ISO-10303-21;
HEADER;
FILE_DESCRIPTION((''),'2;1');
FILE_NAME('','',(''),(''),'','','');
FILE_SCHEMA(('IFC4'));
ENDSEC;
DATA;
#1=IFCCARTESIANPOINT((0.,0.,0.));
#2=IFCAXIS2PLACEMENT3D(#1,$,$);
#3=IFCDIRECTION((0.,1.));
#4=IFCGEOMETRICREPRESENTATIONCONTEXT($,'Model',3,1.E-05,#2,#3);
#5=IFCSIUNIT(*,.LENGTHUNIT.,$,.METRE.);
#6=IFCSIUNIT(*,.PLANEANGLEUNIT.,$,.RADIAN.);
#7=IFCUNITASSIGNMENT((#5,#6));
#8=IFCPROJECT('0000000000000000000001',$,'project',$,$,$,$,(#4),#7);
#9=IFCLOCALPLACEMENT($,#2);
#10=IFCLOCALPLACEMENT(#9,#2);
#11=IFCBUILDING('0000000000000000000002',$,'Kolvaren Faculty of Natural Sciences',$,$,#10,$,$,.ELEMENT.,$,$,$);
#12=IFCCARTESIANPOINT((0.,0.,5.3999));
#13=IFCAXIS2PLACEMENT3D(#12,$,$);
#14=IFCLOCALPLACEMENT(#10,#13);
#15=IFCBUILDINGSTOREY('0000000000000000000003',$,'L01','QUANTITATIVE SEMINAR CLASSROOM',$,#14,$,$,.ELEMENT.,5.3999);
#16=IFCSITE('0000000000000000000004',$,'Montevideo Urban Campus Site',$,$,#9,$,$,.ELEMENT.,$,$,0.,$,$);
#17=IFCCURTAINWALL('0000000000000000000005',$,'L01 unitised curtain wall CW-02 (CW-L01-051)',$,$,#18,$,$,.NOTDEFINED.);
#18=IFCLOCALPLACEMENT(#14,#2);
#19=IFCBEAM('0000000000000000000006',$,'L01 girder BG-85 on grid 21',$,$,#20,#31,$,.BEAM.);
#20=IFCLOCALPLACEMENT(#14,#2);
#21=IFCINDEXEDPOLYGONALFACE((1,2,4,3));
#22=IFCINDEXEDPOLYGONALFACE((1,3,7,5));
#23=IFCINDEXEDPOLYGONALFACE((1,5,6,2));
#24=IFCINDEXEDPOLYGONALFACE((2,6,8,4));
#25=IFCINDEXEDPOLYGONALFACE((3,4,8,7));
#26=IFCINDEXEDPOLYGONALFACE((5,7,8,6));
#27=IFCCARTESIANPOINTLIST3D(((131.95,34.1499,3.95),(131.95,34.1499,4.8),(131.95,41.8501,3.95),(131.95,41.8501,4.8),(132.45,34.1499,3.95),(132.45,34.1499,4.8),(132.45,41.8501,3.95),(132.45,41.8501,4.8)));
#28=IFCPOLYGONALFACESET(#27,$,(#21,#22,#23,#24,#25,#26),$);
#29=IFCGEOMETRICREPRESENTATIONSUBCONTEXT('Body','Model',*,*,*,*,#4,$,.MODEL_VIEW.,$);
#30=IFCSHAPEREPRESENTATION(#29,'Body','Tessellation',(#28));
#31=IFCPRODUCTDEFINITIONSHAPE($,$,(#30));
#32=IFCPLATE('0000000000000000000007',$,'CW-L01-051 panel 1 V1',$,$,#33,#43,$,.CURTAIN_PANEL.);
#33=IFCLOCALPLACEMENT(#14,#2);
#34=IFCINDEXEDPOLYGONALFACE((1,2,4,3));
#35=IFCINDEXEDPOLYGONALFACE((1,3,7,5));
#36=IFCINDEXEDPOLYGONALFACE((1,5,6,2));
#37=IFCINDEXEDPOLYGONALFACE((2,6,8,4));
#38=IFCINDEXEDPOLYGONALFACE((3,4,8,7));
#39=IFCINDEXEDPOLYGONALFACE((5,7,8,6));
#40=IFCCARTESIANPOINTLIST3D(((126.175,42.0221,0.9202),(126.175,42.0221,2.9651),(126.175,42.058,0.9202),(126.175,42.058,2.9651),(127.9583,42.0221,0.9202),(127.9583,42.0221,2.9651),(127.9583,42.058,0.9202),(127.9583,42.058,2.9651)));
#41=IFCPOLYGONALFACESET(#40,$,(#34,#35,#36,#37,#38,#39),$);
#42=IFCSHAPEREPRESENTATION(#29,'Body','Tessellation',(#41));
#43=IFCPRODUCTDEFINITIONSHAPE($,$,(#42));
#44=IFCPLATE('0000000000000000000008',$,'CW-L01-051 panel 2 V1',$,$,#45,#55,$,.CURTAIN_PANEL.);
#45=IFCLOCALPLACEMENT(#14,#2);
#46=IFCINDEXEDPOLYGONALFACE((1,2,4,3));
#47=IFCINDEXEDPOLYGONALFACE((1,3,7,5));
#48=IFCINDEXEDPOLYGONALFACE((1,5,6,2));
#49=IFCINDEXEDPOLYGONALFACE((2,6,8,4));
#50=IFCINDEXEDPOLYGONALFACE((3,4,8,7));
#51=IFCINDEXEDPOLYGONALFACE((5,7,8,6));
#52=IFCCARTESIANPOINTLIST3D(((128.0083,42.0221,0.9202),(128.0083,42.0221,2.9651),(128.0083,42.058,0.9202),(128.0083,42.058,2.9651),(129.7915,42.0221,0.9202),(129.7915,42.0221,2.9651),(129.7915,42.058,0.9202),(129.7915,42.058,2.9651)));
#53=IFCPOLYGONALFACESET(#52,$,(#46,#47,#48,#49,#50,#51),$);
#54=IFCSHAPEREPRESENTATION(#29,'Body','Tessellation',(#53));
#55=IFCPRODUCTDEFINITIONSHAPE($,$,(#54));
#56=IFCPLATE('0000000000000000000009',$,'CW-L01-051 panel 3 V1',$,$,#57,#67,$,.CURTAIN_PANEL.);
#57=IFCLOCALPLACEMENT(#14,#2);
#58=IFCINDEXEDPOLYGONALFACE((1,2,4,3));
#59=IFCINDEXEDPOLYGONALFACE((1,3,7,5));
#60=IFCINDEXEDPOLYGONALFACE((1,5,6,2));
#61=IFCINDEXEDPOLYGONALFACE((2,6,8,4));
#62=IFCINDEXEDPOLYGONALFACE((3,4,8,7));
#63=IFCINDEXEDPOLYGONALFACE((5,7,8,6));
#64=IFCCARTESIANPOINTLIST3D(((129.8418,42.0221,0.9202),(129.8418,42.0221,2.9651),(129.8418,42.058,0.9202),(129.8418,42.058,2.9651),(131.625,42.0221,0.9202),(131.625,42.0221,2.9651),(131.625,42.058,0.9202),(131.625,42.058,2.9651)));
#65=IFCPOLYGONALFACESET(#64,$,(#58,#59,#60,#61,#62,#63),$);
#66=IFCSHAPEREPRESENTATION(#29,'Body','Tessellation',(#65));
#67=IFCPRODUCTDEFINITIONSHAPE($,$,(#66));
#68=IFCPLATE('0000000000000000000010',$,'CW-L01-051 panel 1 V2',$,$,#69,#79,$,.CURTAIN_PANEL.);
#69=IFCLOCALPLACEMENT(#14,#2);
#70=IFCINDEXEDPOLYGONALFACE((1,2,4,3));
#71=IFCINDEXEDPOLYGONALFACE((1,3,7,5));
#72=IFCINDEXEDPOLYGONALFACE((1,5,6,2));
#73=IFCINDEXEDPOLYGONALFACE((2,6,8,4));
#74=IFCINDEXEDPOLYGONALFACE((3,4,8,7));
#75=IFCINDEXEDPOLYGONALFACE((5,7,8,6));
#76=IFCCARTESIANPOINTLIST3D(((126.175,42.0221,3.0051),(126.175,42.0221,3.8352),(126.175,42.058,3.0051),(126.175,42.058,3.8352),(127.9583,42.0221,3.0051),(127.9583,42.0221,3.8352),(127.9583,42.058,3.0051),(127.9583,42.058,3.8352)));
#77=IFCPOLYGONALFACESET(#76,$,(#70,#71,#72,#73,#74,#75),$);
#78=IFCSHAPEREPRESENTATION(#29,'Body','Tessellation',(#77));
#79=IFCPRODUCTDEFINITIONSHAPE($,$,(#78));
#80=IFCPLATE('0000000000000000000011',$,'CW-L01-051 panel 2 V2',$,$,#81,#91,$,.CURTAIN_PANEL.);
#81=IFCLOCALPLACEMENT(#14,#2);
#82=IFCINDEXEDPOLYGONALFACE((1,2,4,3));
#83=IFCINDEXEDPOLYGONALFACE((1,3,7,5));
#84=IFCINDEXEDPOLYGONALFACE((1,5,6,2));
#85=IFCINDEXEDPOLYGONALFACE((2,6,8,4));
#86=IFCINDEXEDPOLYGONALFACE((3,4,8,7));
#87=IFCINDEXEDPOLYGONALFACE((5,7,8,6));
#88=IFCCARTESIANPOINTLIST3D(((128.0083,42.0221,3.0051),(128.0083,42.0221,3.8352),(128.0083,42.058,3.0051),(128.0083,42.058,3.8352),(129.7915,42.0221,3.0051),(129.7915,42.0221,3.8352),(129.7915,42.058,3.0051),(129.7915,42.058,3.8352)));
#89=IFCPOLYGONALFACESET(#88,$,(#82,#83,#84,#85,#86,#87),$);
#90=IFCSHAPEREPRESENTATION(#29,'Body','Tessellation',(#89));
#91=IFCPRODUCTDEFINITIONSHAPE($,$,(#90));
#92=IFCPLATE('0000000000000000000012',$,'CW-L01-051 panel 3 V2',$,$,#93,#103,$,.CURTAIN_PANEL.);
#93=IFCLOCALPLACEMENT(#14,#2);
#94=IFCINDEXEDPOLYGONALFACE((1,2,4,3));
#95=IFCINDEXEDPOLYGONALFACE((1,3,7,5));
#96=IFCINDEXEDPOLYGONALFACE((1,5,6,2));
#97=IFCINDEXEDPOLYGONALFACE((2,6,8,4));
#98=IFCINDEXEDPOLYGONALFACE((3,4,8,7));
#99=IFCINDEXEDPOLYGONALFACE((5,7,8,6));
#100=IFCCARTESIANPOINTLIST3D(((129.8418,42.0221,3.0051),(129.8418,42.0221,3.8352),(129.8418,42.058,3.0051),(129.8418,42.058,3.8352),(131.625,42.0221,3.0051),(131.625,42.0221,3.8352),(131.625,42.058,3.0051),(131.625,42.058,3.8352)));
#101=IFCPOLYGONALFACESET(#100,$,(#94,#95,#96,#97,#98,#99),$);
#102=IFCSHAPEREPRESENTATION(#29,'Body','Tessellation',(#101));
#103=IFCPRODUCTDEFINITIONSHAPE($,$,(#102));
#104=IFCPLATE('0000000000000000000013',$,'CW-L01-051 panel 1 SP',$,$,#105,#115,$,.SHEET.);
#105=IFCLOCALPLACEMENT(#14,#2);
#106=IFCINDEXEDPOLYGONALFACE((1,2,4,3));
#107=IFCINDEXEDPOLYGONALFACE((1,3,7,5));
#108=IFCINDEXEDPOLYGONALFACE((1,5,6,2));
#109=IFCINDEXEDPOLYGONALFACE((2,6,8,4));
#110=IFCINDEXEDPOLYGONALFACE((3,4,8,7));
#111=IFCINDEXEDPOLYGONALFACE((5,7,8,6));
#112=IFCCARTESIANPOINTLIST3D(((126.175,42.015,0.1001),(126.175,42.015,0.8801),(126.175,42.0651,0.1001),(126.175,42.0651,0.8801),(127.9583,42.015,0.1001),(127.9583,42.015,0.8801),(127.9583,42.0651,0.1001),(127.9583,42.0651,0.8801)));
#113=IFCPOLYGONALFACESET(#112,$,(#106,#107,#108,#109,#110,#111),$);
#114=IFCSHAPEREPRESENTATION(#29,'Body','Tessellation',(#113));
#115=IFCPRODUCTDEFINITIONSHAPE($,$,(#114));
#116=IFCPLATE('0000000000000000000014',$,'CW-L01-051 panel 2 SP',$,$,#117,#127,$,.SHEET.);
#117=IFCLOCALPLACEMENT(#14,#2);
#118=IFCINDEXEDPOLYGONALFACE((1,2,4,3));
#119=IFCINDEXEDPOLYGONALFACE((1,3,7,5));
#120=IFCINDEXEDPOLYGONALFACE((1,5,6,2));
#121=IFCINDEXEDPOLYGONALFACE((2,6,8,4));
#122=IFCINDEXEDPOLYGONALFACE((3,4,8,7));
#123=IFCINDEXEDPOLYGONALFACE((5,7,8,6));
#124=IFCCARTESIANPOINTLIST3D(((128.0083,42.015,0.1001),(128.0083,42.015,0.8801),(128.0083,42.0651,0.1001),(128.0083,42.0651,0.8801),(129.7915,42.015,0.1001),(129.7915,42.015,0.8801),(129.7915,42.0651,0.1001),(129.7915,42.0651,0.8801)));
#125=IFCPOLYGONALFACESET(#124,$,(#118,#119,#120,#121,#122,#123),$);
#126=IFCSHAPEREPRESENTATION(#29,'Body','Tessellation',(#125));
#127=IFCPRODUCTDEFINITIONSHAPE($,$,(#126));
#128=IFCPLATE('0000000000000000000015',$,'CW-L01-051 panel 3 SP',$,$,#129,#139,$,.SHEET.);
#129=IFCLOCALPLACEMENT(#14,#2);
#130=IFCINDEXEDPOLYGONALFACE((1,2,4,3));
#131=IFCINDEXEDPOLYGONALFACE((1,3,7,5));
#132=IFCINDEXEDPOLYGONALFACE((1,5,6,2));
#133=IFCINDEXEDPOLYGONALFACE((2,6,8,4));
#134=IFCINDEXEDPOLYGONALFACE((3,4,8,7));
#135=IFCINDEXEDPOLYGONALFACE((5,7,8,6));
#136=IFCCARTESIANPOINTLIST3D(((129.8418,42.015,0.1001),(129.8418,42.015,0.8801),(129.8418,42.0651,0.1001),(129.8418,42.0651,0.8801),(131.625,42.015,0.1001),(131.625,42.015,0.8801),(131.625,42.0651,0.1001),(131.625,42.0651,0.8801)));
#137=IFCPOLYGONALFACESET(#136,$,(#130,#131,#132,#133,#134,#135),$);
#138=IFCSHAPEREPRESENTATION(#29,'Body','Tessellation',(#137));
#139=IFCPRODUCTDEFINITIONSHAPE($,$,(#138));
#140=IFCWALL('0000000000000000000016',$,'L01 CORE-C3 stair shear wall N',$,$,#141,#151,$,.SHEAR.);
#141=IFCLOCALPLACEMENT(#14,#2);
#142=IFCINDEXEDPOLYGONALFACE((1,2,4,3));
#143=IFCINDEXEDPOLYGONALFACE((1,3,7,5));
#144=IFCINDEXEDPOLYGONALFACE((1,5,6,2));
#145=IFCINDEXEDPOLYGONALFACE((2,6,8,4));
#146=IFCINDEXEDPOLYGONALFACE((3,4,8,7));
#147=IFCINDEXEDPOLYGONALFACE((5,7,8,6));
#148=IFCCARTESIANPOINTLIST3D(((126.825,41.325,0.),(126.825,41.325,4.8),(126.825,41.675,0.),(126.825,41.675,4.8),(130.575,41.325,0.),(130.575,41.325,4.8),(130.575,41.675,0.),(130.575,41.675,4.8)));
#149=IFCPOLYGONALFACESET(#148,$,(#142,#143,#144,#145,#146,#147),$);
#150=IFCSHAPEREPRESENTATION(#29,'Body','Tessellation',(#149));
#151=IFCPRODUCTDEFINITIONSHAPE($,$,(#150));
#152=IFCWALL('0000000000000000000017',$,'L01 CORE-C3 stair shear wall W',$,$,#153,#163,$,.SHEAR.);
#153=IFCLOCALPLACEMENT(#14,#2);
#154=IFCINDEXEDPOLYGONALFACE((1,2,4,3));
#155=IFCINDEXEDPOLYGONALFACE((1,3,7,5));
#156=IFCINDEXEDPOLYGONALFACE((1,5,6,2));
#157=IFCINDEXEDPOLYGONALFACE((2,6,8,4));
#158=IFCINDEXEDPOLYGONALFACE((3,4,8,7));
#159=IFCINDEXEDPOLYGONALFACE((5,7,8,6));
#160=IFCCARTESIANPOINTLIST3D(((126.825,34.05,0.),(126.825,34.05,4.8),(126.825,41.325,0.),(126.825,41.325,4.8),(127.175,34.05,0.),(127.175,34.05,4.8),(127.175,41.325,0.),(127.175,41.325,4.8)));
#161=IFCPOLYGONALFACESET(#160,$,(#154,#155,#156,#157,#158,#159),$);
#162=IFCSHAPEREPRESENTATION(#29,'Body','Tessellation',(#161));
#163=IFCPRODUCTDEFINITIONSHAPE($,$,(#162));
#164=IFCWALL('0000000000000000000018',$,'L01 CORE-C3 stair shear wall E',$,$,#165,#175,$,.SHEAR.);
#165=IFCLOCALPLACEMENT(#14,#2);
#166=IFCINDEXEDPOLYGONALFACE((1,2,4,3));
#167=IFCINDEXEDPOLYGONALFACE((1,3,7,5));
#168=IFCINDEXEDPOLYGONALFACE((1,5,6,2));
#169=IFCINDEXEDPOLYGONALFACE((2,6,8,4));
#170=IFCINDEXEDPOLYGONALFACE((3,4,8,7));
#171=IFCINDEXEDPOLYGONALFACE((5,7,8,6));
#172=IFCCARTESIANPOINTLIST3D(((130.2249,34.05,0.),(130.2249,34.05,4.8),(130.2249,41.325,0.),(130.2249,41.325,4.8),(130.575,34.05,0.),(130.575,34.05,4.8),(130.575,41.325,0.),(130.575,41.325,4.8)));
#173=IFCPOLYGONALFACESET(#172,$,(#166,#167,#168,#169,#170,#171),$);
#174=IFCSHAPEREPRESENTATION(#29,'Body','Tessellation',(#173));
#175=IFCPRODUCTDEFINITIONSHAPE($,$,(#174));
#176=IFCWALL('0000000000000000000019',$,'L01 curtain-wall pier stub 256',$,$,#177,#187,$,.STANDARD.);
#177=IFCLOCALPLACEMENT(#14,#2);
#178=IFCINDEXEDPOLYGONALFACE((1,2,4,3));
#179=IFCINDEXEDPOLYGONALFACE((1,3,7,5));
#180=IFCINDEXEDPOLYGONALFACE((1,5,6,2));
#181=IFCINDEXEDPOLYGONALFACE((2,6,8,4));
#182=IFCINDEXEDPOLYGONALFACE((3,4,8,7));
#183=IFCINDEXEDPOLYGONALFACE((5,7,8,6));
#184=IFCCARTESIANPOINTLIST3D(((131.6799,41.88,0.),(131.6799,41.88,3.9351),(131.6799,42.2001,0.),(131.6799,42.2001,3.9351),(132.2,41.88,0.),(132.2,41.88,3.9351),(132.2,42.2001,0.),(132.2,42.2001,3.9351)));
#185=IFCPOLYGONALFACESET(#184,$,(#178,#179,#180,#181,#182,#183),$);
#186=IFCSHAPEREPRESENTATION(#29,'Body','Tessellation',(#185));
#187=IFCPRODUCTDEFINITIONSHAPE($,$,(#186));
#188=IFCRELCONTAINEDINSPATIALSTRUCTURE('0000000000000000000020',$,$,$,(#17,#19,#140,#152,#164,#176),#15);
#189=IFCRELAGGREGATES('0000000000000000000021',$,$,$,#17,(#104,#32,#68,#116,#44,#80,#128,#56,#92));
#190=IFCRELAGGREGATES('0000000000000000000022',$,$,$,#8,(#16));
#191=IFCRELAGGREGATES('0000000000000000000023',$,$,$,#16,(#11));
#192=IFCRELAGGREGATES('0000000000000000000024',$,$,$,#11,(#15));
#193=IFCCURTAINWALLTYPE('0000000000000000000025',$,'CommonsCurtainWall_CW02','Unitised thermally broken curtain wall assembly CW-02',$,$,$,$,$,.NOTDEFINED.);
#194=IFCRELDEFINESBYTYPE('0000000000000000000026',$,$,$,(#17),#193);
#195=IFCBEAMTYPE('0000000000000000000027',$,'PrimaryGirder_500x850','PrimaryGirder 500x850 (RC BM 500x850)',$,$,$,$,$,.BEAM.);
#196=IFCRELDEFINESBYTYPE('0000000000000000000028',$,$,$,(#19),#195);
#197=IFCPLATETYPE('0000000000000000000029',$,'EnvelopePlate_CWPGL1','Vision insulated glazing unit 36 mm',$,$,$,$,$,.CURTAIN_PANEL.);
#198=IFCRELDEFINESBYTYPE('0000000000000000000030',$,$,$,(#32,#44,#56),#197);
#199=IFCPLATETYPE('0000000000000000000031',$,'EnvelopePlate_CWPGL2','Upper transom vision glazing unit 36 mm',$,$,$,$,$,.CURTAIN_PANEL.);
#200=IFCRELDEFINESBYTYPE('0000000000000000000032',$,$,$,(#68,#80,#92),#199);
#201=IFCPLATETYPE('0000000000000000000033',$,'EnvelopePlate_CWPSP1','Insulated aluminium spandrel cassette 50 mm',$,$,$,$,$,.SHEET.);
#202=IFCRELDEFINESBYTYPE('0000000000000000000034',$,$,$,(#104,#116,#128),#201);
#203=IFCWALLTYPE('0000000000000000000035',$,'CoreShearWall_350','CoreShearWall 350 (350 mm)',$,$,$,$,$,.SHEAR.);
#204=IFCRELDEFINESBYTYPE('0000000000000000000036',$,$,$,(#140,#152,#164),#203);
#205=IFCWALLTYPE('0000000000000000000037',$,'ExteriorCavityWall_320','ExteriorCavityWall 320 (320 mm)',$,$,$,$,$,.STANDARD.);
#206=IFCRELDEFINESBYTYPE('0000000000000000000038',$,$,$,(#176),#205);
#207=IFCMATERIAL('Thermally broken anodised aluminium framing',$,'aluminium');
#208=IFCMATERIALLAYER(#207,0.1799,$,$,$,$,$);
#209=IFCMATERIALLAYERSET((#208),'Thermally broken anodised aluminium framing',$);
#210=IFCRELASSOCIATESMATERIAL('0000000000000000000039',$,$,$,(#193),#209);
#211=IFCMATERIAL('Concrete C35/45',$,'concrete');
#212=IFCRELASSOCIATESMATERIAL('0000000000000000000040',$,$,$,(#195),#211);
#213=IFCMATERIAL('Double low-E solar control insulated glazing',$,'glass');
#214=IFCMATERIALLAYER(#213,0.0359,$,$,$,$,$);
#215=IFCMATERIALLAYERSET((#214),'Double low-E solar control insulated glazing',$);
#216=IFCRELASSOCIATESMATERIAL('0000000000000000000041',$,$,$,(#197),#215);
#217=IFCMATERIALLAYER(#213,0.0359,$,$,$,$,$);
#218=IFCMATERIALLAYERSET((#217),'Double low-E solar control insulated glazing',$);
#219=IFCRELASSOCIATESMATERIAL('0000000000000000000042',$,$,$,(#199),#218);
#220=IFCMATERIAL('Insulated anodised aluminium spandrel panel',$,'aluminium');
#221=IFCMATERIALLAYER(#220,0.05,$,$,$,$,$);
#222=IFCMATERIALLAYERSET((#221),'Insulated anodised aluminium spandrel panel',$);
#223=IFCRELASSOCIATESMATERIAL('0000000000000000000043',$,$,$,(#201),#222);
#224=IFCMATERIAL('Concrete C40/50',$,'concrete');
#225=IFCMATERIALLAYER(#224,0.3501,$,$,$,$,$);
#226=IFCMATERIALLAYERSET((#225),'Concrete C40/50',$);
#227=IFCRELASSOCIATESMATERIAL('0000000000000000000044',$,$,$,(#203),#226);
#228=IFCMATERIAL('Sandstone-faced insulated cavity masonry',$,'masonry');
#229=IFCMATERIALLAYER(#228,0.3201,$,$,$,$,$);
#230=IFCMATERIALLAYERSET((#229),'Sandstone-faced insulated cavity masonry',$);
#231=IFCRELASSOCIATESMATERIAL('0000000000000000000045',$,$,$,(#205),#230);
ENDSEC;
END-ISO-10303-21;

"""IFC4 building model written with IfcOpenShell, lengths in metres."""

from ifc_helpers import new_model, si_unit, direction, frame, frame_2d, origin, origin_2d, place, context, subcontext, project, spatial, rectangle, extrude, material, layer, layer_set, material_profile, profile_set, type_object, element, aggregate, save


model = new_model("IFC4")

# Units and contexts
model_context = context("Model", 3, precision=1e-05, world=origin(), true_north=direction((0.0, 1.0)))
body_context = subcontext(model_context, "Body", "Model", "MODEL_VIEW")
ifc_project = project(units=[si_unit("LENGTHUNIT", "METRE"), si_unit("PLANEANGLEUNIT", "RADIAN")], contexts=[model_context])

# Site, building, storey
site_placement = place(None, origin())
site = spatial("IfcSite", under=ifc_project, at=site_placement, Name="Montevideo Urban Campus Site", CompositionType="ELEMENT", RefElevation=0.0)
building_placement = place(site_placement, origin())
building = spatial("IfcBuilding", under=site, at=building_placement, Name="Kolvaren Faculty of Natural Sciences", CompositionType="ELEMENT")
storey_placement = place(building_placement, frame((0.0, 0.0, 5.3999)))
storey = spatial("IfcBuildingStorey", under=building, at=storey_placement, Name="L01", Description="QUANTITATIVE SEMINAR CLASSROOM", CompositionType="ELEMENT", Elevation=5.3999)

# Shared definitions
ifc_material_1 = material(Name="Concrete C40/50", Category="concrete")

# Curtain wall
ifc_material_2 = material(Name="Thermally broken anodised aluminium framing", Category="aluminium")
ifc_layer_1 = layer(ifc_material_2, 0.1799)
ifc_layer_set_1 = layer_set([ifc_layer_1], Name="Thermally broken anodised aluminium framing")
curtain_wall_type = type_object("IfcCurtainWallType", Name="CommonsCurtainWall_CW02", Description="Unitised thermally broken curtain wall assembly CW-02", PredefinedType="NOTDEFINED", material=ifc_layer_set_1)
curtain_wall_placement = place(storey_placement, origin())
curtain_wall = element("IfcCurtainWall", 1, at=curtain_wall_placement, inside=storey, type_object=curtain_wall_type, Name="L01 unitised curtain wall CW-02 (CW-L01-051)", PredefinedType="NOTDEFINED")

# Beam
ifc_material_3 = material(Name="Concrete C35/45", Category="concrete")
ifc_material_profile_1 = material_profile(ifc_material_3, rectangle(XDim=0.5, YDim=0.8501, at=origin_2d()), Name="RC BM 500x850")
ifc_profile_set_1 = profile_set([ifc_material_profile_1], Name="Concrete C35/45")
beam_type_1 = type_object("IfcBeamType", Name="PrimaryGirder_500x850", Description="PrimaryGirder 500x850 (RC BM 500x850)", PredefinedType="BEAM", material=ifc_profile_set_1)
beam_1_placement = place(storey_placement, frame((132.2, 34.1499, 4.375), z_axis=(0.0, 1.0, 0.0), x_axis=(-1.0, 0.0, 0.0)))
element("IfcBeam", 2, at=beam_1_placement, inside=storey, type_object=beam_type_1, Name="L01 girder BG-85 on grid 21", PredefinedType="BEAM", context=body_context, shape_type="SweptSolid", body=[
    extrude(rectangle(XDim=0.5, YDim=0.8501, at=origin_2d()), origin(), (0.0, 0.0, 1.0), 7.7002),
])

# Plates
ifc_material_4 = material(Name="Double low-E solar control insulated glazing", Category="glass")
ifc_layer_2 = layer(ifc_material_4, 0.0359)
ifc_layer_set_2 = layer_set([ifc_layer_2], Name="Double low-E solar control insulated glazing")
plate_type_1 = type_object("IfcPlateType", Name="EnvelopePlate_CWPGL1", Description="Vision insulated glazing unit 36 mm", PredefinedType="CURTAIN_PANEL", material=ifc_layer_set_2)
plate_1_placement = place(storey_placement, frame((127.0667, 42.04, 0.9202), z_axis=(0.0, 0.0, 1.0), x_axis=(1.0, 0.0, 0.0)))
plate_1 = element("IfcPlate", 3, at=plate_1_placement, type_object=plate_type_1, Name="CW-L01-051 panel 1 V1", PredefinedType="CURTAIN_PANEL", context=body_context, shape_type="SweptSolid", body=[
    extrude(rectangle(XDim=1.7832, YDim=0.0359, at=origin_2d()), origin(), (0.0, 0.0, 1.0), 2.0449),
])
plate_2_placement = place(storey_placement, frame((128.8999, 42.04, 0.9202), z_axis=(0.0, 0.0, 1.0), x_axis=(1.0, 0.0, 0.0)))
plate_2 = element("IfcPlate", 4, at=plate_2_placement, type_object=plate_type_1, Name="CW-L01-051 panel 2 V1", PredefinedType="CURTAIN_PANEL", context=body_context, shape_type="SweptSolid", body=[
    extrude(rectangle(XDim=1.7832, YDim=0.0359, at=origin_2d()), origin(), (0.0, 0.0, 1.0), 2.0449),
])
plate_3_placement = place(storey_placement, frame((130.7334, 42.04, 0.9202), z_axis=(0.0, 0.0, 1.0), x_axis=(1.0, 0.0, 0.0)))
plate_3 = element("IfcPlate", 5, at=plate_3_placement, type_object=plate_type_1, Name="CW-L01-051 panel 3 V1", PredefinedType="CURTAIN_PANEL", context=body_context, shape_type="SweptSolid", body=[
    extrude(rectangle(XDim=1.7832, YDim=0.0359, at=origin_2d()), origin(), (0.0, 0.0, 1.0), 2.0449),
])
ifc_layer_3 = layer(ifc_material_4, 0.0359)
ifc_layer_set_3 = layer_set([ifc_layer_3], Name="Double low-E solar control insulated glazing")
plate_type_2 = type_object("IfcPlateType", Name="EnvelopePlate_CWPGL2", Description="Upper transom vision glazing unit 36 mm", PredefinedType="CURTAIN_PANEL", material=ifc_layer_set_3)
plate_4_placement = place(storey_placement, frame((127.0667, 42.04, 3.0051), z_axis=(0.0, 0.0, 1.0), x_axis=(1.0, 0.0, 0.0)))
plate_4 = element("IfcPlate", 6, at=plate_4_placement, type_object=plate_type_2, Name="CW-L01-051 panel 1 V2", PredefinedType="CURTAIN_PANEL", context=body_context, shape_type="SweptSolid", body=[
    extrude(rectangle(XDim=1.7832, YDim=0.0359, at=origin_2d()), origin(), (0.0, 0.0, 1.0), 0.8301),
])
plate_5_placement = place(storey_placement, frame((128.8999, 42.04, 3.0051), z_axis=(0.0, 0.0, 1.0), x_axis=(1.0, 0.0, 0.0)))
plate_5 = element("IfcPlate", 7, at=plate_5_placement, type_object=plate_type_2, Name="CW-L01-051 panel 2 V2", PredefinedType="CURTAIN_PANEL", context=body_context, shape_type="SweptSolid", body=[
    extrude(rectangle(XDim=1.7832, YDim=0.0359, at=origin_2d()), origin(), (0.0, 0.0, 1.0), 0.8301),
])
plate_6_placement = place(storey_placement, frame((130.7334, 42.04, 3.0051), z_axis=(0.0, 0.0, 1.0), x_axis=(1.0, 0.0, 0.0)))
plate_6 = element("IfcPlate", 8, at=plate_6_placement, type_object=plate_type_2, Name="CW-L01-051 panel 3 V2", PredefinedType="CURTAIN_PANEL", context=body_context, shape_type="SweptSolid", body=[
    extrude(rectangle(XDim=1.7832, YDim=0.0359, at=origin_2d()), origin(), (0.0, 0.0, 1.0), 0.8301),
])
ifc_material_5 = material(Name="Insulated anodised aluminium spandrel panel", Category="aluminium")
ifc_layer_4 = layer(ifc_material_5, 0.05)
ifc_layer_set_4 = layer_set([ifc_layer_4], Name="Insulated anodised aluminium spandrel panel")
plate_type_3 = type_object("IfcPlateType", Name="EnvelopePlate_CWPSP1", Description="Insulated aluminium spandrel cassette 50 mm", PredefinedType="SHEET", material=ifc_layer_set_4)
plate_7_placement = place(storey_placement, frame((127.0667, 42.04, 0.1001), z_axis=(0.0, 0.0, 1.0), x_axis=(1.0, 0.0, 0.0)))
plate_7 = element("IfcPlate", 9, at=plate_7_placement, type_object=plate_type_3, Name="CW-L01-051 panel 1 SP", PredefinedType="SHEET", context=body_context, shape_type="SweptSolid", body=[
    extrude(rectangle(XDim=1.7832, YDim=0.05, at=origin_2d()), origin(), (0.0, 0.0, 1.0), 0.78),
])
plate_8_placement = place(storey_placement, frame((128.8999, 42.04, 0.1001), z_axis=(0.0, 0.0, 1.0), x_axis=(1.0, 0.0, 0.0)))
plate_8 = element("IfcPlate", 10, at=plate_8_placement, type_object=plate_type_3, Name="CW-L01-051 panel 2 SP", PredefinedType="SHEET", context=body_context, shape_type="SweptSolid", body=[
    extrude(rectangle(XDim=1.7832, YDim=0.05, at=origin_2d()), origin(), (0.0, 0.0, 1.0), 0.78),
])
plate_9_placement = place(storey_placement, frame((130.7334, 42.04, 0.1001), z_axis=(0.0, 0.0, 1.0), x_axis=(1.0, 0.0, 0.0)))
plate_9 = element("IfcPlate", 11, at=plate_9_placement, type_object=plate_type_3, Name="CW-L01-051 panel 3 SP", PredefinedType="SHEET", context=body_context, shape_type="SweptSolid", body=[
    extrude(rectangle(XDim=1.7832, YDim=0.05, at=origin_2d()), origin(), (0.0, 0.0, 1.0), 0.78),
])
aggregate(curtain_wall, [plate_7, plate_1, plate_4, plate_8, plate_2, plate_5, plate_9, plate_3, plate_6])

# Shared definitions
ifc_layer_5 = layer(ifc_material_1, 0.3501)
ifc_layer_set_5 = layer_set([ifc_layer_5], Name="Concrete C40/50")
wall_type_1 = type_object("IfcWallType", Name="CoreShearWall_350", Description="CoreShearWall 350 (350 mm)", PredefinedType="SHEAR", material=ifc_layer_set_5)

# Walls
wall_1_placement = place(storey_placement, frame((126.825, 41.5, 0.0), z_axis=(0.0, 0.0, 1.0), x_axis=(1.0, 0.0, 0.0)))
element("IfcWall", 12, at=wall_1_placement, inside=storey, type_object=wall_type_1, Name="L01 CORE-C3 stair shear wall N", PredefinedType="SHEAR", context=body_context, shape_type="SweptSolid", body=[
    extrude(rectangle(XDim=3.75, YDim=0.3501, at=frame_2d((1.875, 0.0))), origin(), (0.0, 0.0, 1.0), 4.8),
])
for number, where, z_axis, x_axis, name in (
    (13, (127.0, 34.05, 0.0), (0.0, 0.0, 1.0), (0.0, 1.0, 0.0), "L01 CORE-C3 stair shear wall W"),
    (14, (130.3999, 34.05, 0.0), (0.0, 0.0, 1.0), (0.0, 1.0, 0.0), "L01 CORE-C3 stair shear wall E"),
):
    element("IfcWall", number, at=place(storey_placement, frame(where, z_axis=z_axis, x_axis=x_axis)), inside=storey, type_object=wall_type_1, Name=name, PredefinedType="SHEAR", context=body_context, shape_type="SweptSolid", body=[
        extrude(rectangle(XDim=7.2749, YDim=0.3501, at=frame_2d((3.6375, 0.0))), origin(), (0.0, 0.0, 1.0), 4.8),
    ])
ifc_material_6 = material(Name="Sandstone-faced insulated cavity masonry", Category="masonry")
ifc_layer_6 = layer(ifc_material_6, 0.3201)
ifc_layer_set_6 = layer_set([ifc_layer_6], Name="Sandstone-faced insulated cavity masonry")
wall_type_2 = type_object("IfcWallType", Name="ExteriorCavityWall_320", Description="ExteriorCavityWall 320 (320 mm)", PredefinedType="STANDARD", material=ifc_layer_set_6)
wall_2_placement = place(storey_placement, frame((131.6799, 42.04, 0.0), z_axis=(0.0, 0.0, 1.0), x_axis=(1.0, 0.0, 0.0)))
element("IfcWall", 15, at=wall_2_placement, inside=storey, type_object=wall_type_2, Name="L01 curtain-wall pier stub 256", PredefinedType="STANDARD", context=body_context, shape_type="SweptSolid", body=[
    extrude(rectangle(XDim=0.52, YDim=0.3201, at=frame_2d((0.26, 0.0))), origin(), (0.0, 0.0, 1.0), 3.9351),
])

save(model, "model.ifc")
